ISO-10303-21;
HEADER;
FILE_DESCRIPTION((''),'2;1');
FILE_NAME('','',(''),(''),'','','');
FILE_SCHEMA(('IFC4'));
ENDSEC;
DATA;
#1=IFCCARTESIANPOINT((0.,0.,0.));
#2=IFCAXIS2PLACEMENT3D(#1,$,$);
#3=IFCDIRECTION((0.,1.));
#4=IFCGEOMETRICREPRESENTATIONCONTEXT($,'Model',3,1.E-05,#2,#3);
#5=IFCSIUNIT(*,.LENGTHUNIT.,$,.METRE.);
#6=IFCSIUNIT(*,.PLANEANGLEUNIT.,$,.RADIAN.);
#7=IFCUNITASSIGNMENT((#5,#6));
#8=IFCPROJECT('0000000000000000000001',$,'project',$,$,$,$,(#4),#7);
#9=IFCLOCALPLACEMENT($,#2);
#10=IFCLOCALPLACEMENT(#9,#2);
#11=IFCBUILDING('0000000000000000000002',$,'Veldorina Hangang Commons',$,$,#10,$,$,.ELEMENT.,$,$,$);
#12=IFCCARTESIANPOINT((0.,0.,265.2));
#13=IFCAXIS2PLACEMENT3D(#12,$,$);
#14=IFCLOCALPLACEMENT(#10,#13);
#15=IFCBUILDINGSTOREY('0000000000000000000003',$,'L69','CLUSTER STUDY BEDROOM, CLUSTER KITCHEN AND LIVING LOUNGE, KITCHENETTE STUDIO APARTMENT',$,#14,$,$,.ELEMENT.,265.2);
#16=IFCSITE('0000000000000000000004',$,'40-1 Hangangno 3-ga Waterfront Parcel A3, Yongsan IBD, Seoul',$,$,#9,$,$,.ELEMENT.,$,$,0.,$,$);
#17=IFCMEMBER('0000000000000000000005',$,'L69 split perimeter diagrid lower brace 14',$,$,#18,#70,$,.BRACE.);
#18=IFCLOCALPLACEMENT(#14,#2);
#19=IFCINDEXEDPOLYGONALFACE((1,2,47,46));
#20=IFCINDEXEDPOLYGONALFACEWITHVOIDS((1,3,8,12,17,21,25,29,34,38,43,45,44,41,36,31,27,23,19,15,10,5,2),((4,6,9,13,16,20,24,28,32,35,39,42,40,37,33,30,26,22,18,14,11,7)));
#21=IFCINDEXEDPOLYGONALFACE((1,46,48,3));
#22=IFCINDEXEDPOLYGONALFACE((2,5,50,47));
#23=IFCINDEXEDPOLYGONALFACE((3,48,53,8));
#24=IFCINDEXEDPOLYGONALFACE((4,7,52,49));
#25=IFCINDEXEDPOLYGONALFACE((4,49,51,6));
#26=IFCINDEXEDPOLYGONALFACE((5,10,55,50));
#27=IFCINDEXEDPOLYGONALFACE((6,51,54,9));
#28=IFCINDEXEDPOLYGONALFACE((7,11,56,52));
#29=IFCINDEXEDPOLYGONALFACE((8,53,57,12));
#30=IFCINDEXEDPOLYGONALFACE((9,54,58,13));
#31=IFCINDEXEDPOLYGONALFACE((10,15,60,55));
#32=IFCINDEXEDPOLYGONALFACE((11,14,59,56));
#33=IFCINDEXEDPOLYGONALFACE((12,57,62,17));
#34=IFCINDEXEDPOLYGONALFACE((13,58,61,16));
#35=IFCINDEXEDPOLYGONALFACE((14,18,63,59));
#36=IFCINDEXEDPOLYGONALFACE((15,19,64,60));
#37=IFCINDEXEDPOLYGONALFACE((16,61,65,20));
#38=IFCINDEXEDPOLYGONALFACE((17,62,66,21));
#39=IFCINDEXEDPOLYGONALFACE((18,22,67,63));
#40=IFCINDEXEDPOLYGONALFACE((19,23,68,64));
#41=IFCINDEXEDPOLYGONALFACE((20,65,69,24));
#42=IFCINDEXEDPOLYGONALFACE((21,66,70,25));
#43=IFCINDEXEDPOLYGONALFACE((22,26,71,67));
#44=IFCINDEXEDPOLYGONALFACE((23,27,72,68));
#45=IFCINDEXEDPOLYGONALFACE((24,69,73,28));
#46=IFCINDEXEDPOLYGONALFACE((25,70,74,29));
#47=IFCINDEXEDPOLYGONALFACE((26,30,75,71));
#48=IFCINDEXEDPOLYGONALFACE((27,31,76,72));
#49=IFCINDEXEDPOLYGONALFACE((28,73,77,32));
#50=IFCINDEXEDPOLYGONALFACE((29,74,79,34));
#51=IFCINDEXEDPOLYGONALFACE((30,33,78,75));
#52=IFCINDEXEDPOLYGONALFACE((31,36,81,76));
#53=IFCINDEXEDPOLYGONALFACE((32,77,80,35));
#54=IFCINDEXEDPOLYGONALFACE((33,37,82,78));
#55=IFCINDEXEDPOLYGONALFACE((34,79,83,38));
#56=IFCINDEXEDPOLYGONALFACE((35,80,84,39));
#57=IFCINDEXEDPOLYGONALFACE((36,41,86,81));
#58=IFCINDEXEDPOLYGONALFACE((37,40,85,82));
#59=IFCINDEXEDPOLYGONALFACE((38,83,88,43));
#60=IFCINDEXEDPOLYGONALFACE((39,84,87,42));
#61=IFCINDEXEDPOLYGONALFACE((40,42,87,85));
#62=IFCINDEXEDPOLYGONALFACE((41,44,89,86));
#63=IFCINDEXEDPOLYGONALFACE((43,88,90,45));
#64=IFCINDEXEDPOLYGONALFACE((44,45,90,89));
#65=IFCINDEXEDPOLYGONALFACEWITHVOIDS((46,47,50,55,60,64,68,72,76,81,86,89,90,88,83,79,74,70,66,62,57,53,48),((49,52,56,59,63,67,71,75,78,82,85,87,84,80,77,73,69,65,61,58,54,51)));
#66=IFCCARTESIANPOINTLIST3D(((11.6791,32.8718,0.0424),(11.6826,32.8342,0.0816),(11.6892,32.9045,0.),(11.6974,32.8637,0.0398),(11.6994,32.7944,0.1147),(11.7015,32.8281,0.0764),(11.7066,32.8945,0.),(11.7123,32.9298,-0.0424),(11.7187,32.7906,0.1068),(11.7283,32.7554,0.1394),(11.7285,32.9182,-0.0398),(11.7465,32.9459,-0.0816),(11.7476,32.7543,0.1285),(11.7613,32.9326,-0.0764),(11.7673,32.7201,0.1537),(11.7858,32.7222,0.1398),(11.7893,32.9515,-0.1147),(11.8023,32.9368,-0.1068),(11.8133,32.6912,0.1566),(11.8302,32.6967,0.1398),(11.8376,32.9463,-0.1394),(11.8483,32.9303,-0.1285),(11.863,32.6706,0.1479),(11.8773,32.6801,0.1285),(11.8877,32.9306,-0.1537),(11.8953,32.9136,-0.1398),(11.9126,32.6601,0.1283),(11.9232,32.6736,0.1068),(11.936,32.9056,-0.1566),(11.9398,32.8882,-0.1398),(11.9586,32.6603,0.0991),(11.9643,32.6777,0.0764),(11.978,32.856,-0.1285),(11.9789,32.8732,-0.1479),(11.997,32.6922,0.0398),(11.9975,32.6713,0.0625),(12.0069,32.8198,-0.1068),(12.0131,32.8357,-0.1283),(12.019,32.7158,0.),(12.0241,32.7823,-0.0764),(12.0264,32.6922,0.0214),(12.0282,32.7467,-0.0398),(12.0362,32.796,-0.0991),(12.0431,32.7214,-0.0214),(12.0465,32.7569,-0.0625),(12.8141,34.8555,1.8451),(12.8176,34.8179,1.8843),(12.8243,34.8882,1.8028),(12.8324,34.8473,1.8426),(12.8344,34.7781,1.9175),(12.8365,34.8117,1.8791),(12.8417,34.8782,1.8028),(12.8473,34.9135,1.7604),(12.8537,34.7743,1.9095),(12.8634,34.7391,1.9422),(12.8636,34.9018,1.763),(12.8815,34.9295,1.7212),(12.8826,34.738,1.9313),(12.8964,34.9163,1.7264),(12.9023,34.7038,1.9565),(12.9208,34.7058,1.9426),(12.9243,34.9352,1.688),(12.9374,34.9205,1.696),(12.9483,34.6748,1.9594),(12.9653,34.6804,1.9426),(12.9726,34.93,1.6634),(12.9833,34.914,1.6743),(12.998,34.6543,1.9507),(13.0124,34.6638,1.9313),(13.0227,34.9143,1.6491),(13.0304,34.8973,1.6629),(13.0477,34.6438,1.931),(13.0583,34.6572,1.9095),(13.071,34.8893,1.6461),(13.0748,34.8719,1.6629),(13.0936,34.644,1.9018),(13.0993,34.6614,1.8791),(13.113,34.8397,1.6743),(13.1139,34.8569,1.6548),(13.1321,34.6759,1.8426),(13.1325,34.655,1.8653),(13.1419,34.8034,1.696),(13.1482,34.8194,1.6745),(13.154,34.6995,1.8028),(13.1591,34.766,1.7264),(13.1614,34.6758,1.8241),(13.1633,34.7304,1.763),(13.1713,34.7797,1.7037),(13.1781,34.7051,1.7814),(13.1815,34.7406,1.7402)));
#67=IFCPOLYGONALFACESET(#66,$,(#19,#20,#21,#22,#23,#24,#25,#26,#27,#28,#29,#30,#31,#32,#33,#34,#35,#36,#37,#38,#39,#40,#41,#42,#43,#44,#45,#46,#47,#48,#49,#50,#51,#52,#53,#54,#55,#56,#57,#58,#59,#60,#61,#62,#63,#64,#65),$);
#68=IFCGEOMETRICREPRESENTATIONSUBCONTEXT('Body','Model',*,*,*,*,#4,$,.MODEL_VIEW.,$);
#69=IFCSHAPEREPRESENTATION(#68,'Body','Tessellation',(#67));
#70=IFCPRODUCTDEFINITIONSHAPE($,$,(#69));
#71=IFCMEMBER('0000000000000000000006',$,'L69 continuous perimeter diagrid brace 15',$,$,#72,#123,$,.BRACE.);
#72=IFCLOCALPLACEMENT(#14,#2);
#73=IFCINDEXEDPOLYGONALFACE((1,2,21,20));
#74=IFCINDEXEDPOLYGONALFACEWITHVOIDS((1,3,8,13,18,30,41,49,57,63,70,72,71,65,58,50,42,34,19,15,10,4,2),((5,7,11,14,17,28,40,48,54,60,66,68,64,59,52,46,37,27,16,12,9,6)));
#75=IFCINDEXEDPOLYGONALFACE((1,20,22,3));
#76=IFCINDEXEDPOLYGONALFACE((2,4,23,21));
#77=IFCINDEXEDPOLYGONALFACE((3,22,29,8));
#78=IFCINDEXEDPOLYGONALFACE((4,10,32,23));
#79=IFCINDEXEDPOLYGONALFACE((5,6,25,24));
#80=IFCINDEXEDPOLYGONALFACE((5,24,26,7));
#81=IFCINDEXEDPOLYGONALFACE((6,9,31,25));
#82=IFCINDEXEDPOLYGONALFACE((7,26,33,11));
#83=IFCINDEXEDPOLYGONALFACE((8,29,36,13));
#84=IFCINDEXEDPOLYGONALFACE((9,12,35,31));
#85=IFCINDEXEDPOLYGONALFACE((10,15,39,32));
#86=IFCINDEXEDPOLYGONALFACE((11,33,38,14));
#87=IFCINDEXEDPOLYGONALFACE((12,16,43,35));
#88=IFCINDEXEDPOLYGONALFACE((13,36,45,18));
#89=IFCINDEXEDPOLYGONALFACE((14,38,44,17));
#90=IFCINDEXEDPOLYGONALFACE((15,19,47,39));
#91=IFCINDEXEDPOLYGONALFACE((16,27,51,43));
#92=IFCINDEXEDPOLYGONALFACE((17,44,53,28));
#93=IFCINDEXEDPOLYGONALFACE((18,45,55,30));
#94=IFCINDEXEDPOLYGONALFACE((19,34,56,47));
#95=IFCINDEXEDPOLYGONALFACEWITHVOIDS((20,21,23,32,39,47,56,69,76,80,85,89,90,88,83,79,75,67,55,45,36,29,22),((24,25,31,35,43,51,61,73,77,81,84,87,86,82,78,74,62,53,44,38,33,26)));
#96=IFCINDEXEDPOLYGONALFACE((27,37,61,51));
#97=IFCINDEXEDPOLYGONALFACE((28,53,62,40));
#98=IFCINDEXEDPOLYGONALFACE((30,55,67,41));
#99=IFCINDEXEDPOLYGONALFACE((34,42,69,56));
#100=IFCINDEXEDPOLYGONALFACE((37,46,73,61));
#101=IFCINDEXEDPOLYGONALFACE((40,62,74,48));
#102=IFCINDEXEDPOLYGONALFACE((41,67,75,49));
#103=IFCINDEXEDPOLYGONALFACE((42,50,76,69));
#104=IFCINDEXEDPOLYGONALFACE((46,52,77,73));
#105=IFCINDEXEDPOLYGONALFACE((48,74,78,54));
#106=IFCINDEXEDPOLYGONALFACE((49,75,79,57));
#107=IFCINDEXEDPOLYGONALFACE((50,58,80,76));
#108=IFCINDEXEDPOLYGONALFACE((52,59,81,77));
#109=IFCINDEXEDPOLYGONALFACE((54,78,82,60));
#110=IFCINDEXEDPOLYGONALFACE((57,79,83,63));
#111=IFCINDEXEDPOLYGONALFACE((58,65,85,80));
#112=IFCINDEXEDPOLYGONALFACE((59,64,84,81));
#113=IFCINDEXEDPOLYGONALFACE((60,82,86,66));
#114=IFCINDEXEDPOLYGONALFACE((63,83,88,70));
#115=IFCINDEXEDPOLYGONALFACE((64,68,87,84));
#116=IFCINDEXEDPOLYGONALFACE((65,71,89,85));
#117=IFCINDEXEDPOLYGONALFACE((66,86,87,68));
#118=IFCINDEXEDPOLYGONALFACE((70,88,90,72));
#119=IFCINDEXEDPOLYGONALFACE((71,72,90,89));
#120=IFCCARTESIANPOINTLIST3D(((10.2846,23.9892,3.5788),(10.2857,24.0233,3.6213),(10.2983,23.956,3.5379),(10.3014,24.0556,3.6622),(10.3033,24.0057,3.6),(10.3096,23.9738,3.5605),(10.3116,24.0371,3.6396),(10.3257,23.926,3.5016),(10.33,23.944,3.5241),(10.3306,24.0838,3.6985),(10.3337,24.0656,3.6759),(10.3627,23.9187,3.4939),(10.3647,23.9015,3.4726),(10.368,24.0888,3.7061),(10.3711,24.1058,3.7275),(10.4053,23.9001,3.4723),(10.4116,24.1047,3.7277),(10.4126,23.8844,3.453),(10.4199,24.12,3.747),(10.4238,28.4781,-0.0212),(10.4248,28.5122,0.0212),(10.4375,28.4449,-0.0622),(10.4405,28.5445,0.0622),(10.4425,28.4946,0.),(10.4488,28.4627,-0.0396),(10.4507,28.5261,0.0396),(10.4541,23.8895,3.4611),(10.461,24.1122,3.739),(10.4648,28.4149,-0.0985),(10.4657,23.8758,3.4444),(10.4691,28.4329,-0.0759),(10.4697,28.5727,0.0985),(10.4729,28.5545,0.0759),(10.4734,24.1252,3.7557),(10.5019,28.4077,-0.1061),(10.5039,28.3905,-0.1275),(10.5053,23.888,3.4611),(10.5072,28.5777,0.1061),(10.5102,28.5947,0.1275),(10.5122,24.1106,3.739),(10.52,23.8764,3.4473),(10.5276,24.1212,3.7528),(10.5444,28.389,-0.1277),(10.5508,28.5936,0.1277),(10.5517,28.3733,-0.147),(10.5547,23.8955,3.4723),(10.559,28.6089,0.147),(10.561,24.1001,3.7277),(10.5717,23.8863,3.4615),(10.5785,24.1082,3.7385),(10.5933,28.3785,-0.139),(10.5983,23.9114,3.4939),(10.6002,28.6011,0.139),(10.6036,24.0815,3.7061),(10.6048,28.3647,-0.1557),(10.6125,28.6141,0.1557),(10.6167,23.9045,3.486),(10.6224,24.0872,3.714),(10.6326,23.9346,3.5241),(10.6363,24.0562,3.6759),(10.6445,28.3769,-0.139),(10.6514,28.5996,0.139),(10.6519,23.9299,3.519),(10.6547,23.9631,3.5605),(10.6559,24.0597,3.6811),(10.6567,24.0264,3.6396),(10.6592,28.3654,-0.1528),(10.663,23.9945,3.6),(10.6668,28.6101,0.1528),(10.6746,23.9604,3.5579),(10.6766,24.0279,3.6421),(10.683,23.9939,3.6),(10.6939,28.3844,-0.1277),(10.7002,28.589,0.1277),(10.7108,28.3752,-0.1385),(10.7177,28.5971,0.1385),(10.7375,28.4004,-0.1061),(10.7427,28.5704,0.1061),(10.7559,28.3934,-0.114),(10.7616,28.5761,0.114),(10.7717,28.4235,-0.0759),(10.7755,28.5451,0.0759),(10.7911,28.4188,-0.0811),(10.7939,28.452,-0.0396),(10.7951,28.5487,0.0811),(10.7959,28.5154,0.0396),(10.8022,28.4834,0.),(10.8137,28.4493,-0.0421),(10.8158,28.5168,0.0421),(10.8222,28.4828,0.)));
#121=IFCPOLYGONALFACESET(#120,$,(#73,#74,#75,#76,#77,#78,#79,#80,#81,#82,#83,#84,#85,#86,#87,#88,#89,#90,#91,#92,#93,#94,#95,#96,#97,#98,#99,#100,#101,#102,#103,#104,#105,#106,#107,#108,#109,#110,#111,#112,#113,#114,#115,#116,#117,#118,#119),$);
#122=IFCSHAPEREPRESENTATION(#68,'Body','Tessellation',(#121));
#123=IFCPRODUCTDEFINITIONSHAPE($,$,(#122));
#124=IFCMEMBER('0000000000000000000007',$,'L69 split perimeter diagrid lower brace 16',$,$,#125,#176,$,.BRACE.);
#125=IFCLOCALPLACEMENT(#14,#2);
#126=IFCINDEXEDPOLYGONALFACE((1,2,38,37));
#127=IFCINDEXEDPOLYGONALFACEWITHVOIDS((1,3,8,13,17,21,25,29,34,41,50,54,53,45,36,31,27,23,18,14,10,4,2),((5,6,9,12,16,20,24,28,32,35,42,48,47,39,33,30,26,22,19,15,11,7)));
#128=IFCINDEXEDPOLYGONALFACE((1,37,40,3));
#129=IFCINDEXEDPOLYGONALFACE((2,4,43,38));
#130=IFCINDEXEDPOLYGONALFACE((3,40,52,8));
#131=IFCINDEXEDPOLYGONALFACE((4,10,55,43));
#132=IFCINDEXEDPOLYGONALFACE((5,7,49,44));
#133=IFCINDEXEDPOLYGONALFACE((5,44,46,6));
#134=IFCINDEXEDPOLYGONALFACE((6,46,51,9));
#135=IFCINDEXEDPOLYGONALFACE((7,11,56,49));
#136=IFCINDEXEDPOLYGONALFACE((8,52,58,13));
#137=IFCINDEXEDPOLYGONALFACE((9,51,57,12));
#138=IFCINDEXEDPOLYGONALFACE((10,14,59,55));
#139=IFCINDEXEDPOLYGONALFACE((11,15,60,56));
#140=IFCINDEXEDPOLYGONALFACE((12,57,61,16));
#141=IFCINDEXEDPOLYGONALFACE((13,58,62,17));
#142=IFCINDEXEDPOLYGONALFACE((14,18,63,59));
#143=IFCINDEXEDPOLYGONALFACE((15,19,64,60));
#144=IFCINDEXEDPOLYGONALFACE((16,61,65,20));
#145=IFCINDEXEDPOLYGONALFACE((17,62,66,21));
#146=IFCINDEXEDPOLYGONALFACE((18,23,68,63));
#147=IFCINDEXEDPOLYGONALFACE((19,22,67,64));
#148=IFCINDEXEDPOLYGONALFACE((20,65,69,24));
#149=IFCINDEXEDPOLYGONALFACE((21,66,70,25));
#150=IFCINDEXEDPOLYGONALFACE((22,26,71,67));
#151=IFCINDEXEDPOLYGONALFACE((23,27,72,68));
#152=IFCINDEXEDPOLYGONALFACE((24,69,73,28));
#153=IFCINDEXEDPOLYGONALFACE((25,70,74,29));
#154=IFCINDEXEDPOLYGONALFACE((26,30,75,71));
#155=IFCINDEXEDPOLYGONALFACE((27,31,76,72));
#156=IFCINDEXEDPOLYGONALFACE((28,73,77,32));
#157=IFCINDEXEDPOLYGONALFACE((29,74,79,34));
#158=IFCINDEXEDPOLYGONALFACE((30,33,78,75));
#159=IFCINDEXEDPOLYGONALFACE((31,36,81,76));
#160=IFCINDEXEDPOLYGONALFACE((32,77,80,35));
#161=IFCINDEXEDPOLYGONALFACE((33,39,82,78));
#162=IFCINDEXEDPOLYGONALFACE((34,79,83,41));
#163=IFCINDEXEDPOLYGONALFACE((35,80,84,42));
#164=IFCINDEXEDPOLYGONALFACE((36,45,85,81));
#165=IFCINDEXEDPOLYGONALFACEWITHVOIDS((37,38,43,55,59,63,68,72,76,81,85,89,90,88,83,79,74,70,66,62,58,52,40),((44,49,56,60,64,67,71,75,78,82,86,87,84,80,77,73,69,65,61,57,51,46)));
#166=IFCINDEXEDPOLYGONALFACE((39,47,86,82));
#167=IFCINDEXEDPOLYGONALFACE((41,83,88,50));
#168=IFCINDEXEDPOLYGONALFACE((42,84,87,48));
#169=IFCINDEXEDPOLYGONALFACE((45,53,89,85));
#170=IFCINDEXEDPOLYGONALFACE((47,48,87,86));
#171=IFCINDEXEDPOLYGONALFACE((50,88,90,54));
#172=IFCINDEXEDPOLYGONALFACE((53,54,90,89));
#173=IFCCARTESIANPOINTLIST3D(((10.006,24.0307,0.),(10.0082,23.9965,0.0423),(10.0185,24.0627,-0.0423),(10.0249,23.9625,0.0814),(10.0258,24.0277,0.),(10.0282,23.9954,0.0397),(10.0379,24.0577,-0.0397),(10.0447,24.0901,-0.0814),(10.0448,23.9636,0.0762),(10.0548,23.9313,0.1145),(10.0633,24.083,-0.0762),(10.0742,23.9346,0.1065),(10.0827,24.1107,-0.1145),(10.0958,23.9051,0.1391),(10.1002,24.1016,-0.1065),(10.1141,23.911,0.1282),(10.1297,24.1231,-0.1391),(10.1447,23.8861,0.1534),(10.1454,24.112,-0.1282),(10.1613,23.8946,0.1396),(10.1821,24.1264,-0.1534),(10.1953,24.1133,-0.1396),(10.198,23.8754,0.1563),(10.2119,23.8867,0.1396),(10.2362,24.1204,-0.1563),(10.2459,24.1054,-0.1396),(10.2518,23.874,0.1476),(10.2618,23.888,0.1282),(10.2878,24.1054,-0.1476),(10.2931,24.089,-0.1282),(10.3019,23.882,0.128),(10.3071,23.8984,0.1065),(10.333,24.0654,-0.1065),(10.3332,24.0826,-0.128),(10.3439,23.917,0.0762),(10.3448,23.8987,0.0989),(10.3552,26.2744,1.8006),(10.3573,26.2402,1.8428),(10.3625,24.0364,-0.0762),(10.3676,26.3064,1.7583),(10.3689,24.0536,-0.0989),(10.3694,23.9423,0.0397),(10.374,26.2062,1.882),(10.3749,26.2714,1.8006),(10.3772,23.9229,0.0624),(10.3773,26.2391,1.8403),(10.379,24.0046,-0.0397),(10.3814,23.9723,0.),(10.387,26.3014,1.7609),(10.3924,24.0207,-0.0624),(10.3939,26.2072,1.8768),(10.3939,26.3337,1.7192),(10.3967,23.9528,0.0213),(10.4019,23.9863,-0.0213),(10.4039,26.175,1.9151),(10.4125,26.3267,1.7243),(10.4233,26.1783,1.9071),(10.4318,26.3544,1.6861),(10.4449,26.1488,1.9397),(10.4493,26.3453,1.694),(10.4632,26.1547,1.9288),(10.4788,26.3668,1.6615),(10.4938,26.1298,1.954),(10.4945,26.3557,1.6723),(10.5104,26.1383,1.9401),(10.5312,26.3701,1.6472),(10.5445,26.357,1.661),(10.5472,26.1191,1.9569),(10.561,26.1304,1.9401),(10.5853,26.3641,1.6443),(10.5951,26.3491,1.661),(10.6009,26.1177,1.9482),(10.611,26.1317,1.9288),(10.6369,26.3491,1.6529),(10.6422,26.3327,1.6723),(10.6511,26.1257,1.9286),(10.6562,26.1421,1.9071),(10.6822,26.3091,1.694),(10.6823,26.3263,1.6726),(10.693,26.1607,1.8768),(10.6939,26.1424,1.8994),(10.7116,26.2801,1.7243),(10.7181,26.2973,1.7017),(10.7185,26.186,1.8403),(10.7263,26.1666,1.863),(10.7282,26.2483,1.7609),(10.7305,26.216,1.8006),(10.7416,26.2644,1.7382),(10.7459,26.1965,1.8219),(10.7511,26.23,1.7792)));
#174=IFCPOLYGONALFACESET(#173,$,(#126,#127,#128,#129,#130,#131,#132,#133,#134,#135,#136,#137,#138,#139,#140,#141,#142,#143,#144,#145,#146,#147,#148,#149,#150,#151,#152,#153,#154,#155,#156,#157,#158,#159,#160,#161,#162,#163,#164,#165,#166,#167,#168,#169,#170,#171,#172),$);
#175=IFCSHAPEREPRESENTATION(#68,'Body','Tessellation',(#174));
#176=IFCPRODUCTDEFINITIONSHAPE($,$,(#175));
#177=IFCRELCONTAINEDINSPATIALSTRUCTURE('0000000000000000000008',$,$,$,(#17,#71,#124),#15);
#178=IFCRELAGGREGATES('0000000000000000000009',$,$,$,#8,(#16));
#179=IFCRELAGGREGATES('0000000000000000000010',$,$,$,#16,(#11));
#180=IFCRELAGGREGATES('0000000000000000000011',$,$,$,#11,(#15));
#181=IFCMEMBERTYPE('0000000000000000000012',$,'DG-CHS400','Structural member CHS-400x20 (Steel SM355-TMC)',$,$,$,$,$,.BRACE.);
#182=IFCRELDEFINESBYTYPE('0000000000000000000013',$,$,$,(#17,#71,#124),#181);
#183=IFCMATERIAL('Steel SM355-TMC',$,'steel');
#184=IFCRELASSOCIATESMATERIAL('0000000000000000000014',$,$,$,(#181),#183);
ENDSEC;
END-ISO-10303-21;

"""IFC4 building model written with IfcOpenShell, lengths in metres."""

from ifc_helpers import new_model, si_unit, direction, frame, origin, origin_2d, place, context, subcontext, project, spatial, hollow_circle, extrude, material, material_profile, profile_set, type_object, element, save


model = new_model("IFC4")

# Units and contexts
model_context = context("Model", 3, precision=1e-05, world=origin(), true_north=direction((0.0, 1.0)))
body_context = subcontext(model_context, "Body", "Model", "MODEL_VIEW")
ifc_project = project(units=[si_unit("LENGTHUNIT", "METRE"), si_unit("PLANEANGLEUNIT", "RADIAN")], contexts=[model_context])

# Site, building, storey
site_placement = place(None, origin())
site = spatial("IfcSite", under=ifc_project, at=site_placement, Name="40-1 Hangangno 3-ga Waterfront Parcel A3, Yongsan IBD, Seoul", CompositionType="ELEMENT", RefElevation=0.0)
building_placement = place(site_placement, origin())
building = spatial("IfcBuilding", under=site, at=building_placement, Name="Veldorina Hangang Commons", CompositionType="ELEMENT")
storey_placement = place(building_placement, frame((0.0, 0.0, 265.2)))
storey = spatial("IfcBuildingStorey", under=building, at=storey_placement, Name="L69", Description="CLUSTER STUDY BEDROOM, CLUSTER KITCHEN AND LIVING LOUNGE, KITCHENETTE STUDIO APARTMENT", CompositionType="ELEMENT", Elevation=265.2)

# Shared definitions
ifc_material_1 = material(Name="Steel SM355-TMC", Category="steel")

# Members
ifc_material_profile_1 = material_profile(ifc_material_1, hollow_circle(Radius=0.2, WallThickness=0.02, at=origin_2d()), Name="CHS-400x20")
ifc_profile_set_1 = profile_set([ifc_material_profile_1], Name="Steel SM355-TMC")
member_type_1 = type_object("IfcMemberType", Name="DG-CHS400", Description="Structural member CHS-400x20 (Steel SM355-TMC)", PredefinedType="BRACE", material=ifc_profile_set_1)
member_1_placement = place(storey_placement, frame((11.8628, 32.8052, 0.0), z_axis=(0.389926, 0.68147, 0.61932), x_axis=(-0.86796, 0.496634, 0.0)))
element("IfcMember", 1, at=member_1_placement, inside=storey, type_object=member_type_1, Name="L69 split perimeter diagrid lower brace 14", PredefinedType="BRACE", context=body_context, shape_type="SweptSolid", body=[
    extrude(hollow_circle(Radius=0.2, WallThickness=0.02, at=origin_2d()), origin(), (0.0, 0.0, 1.0), 2.9109),
])
member_2_placement = place(storey_placement, frame((10.6223, 28.489, 0.0), z_axis=(-0.024177, -0.779887, 0.625453), x_axis=(0.99952, -0.030985, 0.0)))
element("IfcMember", 2, at=member_2_placement, inside=storey, type_object=member_type_1, Name="L69 continuous perimeter diagrid brace 15", PredefinedType="BRACE", context=body_context, shape_type="SweptSolid", body=[
    extrude(hollow_circle(Radius=0.2, WallThickness=0.02, at=origin_2d()), origin(), (0.0, 0.0, 1.0), 5.7559),
])
member_3_placement = place(storey_placement, frame((10.2036, 24.0, 0.0), z_axis=(0.120474, 0.774235, 0.621326), x_axis=(-0.988109, 0.153754, 0.0)))
element("IfcMember", 3, at=member_3_placement, inside=storey, type_object=member_type_1, Name="L69 split perimeter diagrid lower brace 16", PredefinedType="BRACE", context=body_context, shape_type="SweptSolid", body=[
    extrude(hollow_circle(Radius=0.2, WallThickness=0.02, at=origin_2d()), origin(), (0.0, 0.0, 1.0), 2.8979),
])

save(model, "model.ifc")
